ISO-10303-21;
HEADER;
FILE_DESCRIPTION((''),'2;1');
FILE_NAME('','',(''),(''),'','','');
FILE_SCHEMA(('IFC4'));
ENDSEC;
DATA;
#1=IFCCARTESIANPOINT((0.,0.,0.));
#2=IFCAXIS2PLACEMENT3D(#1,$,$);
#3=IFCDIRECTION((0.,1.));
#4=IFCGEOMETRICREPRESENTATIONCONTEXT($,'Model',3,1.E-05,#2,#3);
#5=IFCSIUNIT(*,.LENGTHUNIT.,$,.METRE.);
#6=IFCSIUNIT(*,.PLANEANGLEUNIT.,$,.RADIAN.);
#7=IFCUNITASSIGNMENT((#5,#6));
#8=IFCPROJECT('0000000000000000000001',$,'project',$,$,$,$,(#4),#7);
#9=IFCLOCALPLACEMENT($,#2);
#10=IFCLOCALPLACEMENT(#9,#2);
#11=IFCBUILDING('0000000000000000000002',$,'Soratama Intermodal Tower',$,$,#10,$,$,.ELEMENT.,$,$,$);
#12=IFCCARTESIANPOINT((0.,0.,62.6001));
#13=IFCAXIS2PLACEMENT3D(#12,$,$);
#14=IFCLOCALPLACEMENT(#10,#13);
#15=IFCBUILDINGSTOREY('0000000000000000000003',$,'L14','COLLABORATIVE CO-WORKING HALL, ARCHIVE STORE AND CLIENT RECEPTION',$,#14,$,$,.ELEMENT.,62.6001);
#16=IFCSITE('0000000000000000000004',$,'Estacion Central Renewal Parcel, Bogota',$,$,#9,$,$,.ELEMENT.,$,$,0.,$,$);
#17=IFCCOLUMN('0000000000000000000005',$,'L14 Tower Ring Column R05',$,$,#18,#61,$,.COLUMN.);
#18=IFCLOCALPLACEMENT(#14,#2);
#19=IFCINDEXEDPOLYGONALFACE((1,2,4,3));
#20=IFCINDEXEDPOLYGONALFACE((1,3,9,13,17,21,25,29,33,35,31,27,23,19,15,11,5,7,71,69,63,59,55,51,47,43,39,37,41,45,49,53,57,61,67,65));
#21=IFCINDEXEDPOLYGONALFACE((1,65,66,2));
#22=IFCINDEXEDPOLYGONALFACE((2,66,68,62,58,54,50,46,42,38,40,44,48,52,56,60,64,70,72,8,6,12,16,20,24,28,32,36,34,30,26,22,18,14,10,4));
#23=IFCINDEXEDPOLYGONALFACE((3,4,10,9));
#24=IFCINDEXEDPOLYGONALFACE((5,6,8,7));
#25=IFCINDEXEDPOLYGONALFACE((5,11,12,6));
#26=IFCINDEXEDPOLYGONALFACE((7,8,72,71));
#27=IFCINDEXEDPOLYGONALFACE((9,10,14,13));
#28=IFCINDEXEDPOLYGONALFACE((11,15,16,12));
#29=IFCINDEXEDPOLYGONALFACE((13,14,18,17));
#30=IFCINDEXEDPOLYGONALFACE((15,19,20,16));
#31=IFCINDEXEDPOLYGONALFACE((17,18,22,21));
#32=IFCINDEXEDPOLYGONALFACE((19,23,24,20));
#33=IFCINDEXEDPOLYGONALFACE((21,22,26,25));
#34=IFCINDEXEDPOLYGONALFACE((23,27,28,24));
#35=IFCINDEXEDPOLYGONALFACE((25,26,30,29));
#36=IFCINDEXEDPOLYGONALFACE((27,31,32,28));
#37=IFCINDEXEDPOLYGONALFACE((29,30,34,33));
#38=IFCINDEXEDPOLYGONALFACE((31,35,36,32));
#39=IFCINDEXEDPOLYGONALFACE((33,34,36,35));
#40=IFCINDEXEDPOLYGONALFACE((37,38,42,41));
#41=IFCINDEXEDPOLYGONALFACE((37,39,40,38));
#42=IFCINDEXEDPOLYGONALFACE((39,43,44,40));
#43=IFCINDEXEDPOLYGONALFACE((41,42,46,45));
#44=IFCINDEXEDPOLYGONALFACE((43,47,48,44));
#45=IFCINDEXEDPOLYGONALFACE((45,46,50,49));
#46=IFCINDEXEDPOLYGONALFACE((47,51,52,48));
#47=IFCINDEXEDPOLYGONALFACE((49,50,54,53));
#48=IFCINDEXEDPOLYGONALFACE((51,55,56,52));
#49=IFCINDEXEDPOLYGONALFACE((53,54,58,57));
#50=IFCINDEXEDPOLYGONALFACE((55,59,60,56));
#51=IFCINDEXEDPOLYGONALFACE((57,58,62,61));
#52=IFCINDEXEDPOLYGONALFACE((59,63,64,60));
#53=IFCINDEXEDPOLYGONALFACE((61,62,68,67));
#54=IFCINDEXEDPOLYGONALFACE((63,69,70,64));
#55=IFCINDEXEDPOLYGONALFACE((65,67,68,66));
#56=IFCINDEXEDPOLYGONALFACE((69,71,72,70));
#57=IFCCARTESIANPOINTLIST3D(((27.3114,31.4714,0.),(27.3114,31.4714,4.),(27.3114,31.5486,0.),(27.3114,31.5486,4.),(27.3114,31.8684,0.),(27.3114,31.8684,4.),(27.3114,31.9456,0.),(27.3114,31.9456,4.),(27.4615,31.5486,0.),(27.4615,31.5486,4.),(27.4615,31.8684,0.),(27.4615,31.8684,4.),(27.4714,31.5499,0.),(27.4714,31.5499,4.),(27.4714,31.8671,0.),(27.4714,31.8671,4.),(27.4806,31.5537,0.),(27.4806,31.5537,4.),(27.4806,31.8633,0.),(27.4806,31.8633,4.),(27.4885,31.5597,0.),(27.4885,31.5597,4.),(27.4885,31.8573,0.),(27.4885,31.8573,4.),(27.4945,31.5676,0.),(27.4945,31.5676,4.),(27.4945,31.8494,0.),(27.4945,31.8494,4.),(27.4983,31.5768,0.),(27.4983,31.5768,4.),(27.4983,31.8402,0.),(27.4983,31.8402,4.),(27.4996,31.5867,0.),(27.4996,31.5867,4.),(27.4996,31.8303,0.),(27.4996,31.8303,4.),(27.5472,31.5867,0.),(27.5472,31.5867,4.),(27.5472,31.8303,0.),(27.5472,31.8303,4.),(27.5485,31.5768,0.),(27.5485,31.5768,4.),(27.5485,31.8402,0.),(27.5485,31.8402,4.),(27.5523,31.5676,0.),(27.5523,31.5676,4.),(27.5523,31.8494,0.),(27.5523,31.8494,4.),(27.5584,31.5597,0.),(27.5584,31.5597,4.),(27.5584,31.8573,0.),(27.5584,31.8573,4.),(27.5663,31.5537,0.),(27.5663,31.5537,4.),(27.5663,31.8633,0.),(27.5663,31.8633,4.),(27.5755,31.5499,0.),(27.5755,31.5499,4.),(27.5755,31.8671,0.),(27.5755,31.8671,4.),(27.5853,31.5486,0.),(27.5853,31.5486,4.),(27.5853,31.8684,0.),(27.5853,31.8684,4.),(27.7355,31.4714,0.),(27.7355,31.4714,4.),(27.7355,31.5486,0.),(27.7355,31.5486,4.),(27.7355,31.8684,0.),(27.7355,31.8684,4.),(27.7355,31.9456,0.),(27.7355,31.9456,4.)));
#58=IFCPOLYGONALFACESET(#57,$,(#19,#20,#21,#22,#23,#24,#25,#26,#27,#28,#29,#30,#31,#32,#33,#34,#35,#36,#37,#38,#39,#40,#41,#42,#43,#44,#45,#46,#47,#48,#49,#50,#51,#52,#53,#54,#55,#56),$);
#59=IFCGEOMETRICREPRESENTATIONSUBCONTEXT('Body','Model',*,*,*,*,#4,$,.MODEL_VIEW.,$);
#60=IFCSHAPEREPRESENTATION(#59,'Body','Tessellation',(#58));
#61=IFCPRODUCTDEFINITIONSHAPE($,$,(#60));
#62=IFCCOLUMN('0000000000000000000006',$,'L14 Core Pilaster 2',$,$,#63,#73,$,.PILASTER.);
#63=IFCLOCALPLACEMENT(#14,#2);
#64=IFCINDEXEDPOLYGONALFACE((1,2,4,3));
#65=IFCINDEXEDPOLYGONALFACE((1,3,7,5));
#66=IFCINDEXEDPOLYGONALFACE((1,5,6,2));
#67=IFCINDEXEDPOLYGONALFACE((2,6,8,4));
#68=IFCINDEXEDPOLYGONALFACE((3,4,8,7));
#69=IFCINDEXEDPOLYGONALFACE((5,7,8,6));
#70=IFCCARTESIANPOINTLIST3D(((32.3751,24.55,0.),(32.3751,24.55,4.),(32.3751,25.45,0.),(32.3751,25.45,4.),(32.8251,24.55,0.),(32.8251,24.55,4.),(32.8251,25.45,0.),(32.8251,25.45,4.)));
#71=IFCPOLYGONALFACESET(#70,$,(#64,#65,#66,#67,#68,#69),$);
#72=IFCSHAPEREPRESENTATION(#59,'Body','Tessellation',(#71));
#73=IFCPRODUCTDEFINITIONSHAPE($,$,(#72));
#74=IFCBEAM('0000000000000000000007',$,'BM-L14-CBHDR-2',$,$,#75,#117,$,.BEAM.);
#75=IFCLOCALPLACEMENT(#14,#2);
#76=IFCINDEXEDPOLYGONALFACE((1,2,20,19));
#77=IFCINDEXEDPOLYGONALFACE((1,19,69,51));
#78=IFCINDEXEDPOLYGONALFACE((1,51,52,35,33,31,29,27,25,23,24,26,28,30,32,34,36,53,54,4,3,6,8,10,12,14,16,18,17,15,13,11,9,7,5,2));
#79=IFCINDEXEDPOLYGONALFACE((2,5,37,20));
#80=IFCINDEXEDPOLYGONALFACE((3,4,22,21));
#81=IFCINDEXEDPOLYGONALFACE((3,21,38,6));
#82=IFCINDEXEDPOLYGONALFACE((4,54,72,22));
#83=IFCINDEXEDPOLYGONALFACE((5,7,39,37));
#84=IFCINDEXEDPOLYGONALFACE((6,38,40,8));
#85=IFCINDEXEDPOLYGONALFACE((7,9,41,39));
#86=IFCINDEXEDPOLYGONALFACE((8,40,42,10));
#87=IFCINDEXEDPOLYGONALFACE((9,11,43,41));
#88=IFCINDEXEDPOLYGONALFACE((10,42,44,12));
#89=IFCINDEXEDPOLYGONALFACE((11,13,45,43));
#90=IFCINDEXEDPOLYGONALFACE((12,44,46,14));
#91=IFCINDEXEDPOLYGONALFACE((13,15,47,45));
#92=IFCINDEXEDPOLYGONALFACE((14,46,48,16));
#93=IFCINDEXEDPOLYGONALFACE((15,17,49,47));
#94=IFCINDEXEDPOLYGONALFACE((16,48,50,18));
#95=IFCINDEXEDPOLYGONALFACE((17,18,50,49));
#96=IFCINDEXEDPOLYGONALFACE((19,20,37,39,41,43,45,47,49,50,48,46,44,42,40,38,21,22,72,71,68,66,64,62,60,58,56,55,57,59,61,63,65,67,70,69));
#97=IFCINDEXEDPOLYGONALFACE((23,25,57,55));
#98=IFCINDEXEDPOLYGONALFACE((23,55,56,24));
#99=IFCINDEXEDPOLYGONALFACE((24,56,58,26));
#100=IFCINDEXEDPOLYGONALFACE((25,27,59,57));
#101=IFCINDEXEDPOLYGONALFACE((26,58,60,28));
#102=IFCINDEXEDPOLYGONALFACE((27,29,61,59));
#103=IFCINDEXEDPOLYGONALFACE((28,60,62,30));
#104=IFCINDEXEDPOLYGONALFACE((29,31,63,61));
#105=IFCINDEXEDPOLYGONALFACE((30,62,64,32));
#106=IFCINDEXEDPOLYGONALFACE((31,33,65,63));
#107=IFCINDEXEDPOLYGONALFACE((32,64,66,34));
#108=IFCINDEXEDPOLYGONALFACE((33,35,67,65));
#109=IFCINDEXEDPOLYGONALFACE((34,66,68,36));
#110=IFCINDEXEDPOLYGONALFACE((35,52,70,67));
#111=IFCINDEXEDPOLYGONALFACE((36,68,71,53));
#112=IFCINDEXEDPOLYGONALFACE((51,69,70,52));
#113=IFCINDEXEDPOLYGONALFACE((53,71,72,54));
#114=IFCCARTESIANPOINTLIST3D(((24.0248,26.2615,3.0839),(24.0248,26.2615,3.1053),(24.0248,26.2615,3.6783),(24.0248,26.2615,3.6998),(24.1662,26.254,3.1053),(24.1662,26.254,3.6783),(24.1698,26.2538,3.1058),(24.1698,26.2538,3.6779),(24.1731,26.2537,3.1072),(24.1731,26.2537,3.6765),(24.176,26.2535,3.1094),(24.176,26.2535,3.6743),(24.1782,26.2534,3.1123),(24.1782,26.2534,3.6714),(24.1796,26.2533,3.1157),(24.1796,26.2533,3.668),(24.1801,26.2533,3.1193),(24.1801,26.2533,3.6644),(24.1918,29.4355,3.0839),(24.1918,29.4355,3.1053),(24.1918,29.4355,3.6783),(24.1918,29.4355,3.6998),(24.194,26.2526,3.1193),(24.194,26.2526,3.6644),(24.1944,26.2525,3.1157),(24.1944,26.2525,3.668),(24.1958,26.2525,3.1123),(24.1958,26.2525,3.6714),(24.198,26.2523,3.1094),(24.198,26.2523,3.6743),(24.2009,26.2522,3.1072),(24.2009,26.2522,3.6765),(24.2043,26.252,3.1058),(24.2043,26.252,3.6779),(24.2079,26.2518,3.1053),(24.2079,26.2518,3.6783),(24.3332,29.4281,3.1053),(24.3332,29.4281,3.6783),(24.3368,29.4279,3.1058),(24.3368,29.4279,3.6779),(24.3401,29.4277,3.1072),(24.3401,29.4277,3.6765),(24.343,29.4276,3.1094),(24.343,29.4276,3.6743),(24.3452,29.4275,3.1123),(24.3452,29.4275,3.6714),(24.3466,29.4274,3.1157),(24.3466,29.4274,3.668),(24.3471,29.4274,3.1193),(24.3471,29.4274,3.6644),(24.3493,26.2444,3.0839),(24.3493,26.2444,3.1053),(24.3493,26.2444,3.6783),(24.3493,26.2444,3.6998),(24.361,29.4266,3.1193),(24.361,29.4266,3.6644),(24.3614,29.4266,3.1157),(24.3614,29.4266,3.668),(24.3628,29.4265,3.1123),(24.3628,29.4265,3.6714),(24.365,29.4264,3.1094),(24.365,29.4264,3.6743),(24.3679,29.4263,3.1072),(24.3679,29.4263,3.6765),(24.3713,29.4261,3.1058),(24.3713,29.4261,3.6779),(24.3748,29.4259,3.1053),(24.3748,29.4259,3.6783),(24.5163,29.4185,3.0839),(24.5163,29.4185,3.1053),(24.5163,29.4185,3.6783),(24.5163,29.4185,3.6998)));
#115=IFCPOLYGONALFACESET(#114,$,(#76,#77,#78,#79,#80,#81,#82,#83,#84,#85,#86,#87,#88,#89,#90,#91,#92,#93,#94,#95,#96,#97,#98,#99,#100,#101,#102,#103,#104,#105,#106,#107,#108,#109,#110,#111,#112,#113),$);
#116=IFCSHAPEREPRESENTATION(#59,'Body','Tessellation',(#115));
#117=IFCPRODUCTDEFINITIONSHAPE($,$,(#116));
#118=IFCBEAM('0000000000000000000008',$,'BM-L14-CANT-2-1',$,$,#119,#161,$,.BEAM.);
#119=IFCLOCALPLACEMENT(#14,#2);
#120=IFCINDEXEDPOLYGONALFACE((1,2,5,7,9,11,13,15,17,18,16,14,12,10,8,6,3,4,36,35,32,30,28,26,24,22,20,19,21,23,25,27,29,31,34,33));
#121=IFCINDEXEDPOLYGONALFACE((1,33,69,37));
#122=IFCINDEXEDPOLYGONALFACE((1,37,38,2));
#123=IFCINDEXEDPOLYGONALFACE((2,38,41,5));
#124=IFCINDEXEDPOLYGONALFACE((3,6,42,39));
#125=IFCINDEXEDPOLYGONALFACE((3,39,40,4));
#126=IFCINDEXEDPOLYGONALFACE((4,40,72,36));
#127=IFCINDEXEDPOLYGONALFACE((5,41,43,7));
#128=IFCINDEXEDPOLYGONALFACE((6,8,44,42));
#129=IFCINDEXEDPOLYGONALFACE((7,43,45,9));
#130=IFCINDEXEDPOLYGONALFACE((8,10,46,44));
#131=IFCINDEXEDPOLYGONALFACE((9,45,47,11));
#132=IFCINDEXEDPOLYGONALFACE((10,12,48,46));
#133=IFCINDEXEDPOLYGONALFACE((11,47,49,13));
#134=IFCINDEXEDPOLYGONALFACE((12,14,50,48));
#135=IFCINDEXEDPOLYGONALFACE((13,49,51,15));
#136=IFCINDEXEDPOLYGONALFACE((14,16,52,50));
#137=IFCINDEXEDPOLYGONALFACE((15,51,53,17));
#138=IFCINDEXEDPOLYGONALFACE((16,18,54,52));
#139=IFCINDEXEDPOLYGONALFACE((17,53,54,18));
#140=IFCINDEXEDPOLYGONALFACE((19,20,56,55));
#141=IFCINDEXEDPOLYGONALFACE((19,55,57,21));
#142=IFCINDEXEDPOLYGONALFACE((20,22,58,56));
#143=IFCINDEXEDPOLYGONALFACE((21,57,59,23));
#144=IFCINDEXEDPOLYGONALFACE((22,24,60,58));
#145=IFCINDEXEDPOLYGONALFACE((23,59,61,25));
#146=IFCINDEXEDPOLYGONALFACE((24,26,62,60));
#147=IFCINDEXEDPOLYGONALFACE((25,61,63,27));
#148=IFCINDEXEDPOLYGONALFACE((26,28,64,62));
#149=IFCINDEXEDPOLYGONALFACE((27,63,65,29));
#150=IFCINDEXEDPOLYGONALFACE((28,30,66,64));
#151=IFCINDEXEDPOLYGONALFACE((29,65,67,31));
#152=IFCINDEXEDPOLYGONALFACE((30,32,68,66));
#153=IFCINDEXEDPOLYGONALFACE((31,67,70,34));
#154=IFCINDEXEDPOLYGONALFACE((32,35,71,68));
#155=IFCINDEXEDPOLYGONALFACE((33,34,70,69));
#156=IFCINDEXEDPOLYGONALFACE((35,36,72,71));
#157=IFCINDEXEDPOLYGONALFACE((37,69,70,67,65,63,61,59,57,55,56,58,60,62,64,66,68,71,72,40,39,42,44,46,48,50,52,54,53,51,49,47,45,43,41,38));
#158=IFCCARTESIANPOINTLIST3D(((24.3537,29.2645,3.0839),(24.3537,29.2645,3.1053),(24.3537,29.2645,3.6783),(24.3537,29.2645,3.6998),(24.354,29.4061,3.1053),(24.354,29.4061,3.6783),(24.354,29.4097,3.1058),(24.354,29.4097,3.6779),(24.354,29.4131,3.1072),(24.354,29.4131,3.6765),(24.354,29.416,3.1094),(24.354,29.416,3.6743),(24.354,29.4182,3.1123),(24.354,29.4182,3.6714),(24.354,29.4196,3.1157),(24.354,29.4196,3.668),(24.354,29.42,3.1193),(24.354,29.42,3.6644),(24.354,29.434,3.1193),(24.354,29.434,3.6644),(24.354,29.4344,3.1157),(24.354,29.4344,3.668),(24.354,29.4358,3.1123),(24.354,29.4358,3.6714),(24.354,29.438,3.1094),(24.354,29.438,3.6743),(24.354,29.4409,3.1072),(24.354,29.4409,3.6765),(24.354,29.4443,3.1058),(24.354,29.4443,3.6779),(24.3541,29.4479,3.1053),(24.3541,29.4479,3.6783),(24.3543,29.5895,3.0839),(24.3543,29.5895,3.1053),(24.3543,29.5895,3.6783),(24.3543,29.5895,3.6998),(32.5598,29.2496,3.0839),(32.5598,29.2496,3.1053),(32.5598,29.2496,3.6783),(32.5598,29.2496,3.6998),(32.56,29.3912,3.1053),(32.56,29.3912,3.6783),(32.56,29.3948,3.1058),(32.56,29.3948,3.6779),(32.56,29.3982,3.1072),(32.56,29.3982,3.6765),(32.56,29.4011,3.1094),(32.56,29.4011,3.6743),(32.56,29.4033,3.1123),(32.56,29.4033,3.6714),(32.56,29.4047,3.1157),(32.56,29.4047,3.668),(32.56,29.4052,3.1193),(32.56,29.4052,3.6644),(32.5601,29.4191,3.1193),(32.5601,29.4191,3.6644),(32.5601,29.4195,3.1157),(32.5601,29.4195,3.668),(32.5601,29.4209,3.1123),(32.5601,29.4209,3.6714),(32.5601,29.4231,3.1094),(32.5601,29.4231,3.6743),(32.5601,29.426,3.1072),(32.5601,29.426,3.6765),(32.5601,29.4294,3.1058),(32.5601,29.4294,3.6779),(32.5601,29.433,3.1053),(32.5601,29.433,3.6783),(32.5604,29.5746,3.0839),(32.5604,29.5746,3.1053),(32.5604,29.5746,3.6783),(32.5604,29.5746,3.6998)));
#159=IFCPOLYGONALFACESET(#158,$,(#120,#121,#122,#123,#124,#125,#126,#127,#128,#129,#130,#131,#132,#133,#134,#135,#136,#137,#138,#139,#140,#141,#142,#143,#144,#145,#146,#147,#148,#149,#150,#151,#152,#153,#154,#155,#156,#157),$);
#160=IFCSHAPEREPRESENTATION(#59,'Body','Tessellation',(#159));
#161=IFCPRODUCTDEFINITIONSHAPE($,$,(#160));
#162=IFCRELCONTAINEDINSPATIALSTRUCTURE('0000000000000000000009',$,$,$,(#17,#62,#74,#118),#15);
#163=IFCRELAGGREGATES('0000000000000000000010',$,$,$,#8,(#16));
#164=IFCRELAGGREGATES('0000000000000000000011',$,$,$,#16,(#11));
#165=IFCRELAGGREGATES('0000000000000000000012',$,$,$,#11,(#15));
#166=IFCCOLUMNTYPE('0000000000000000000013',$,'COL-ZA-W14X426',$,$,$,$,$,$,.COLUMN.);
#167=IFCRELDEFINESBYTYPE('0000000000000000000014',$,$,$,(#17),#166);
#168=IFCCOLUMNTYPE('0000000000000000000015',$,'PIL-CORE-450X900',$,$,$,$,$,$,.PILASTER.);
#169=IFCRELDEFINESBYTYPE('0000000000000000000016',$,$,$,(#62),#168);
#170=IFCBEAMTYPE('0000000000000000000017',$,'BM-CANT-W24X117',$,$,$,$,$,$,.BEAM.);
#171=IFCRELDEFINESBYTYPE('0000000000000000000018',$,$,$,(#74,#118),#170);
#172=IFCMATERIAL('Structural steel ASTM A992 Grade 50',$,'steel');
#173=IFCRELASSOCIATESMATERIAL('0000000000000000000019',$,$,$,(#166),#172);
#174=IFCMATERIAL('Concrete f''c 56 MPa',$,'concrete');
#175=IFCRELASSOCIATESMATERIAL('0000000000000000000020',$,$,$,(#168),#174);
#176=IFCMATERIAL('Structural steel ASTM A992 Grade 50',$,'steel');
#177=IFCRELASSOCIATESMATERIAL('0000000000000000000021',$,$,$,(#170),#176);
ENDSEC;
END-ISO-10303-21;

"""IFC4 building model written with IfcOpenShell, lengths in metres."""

from ifc_helpers import new_model, si_unit, direction, frame, origin, origin_2d, place, context, subcontext, project, spatial, rectangle, i_section, extrude, material, material_profile, profile_set, type_object, element, save


model = new_model("IFC4")

# Units and contexts
model_context = context("Model", 3, precision=1e-05, world=origin(), true_north=direction((0.0, 1.0)))
body_context = subcontext(model_context, "Body", "Model", "MODEL_VIEW")
ifc_project = project(units=[si_unit("LENGTHUNIT", "METRE"), si_unit("PLANEANGLEUNIT", "RADIAN")], contexts=[model_context])

# Site, building, storey
site_placement = place(None, origin())
site = spatial("IfcSite", under=ifc_project, at=site_placement, Name="Estacion Central Renewal Parcel, Bogota", CompositionType="ELEMENT", RefElevation=0.0)
building_placement = place(site_placement, origin())
building = spatial("IfcBuilding", under=site, at=building_placement, Name="Soratama Intermodal Tower", CompositionType="ELEMENT")
storey_placement = place(building_placement, frame((0.0, 0.0, 62.6001)))
storey = spatial("IfcBuildingStorey", under=building, at=storey_placement, Name="L14", Description="COLLABORATIVE CO-WORKING HALL, ARCHIVE STORE AND CLIENT RECEPTION", CompositionType="ELEMENT", Elevation=62.6001)

# Columns
ifc_material_1 = material(Name="Structural steel ASTM A992 Grade 50", Category="steel")
ifc_material_profile_1 = material_profile(ifc_material_1, i_section(OverallWidth=0.4241, OverallDepth=0.4741, WebThickness=0.0476, FlangeThickness=0.0771, FilletRadius=0.0381, at=origin_2d()), Name="W14X426")
ifc_profile_set_1 = profile_set([ifc_material_profile_1], Name="Structural steel ASTM A992 Grade 50")
column_type_1 = type_object("IfcColumnType", Name="COL-ZA-W14X426", PredefinedType="COLUMN", material=ifc_profile_set_1)
column_1_placement = place(storey_placement, frame((27.5234, 31.7085, 0.0), z_axis=(0.0, 0.0, 1.0), x_axis=(1.0, 0.0, 0.0)))
element("IfcColumn", 1, at=column_1_placement, inside=storey, type_object=column_type_1, Name="L14 Tower Ring Column R05", PredefinedType="COLUMN", context=body_context, shape_type="SweptSolid", body=[
    extrude(i_section(OverallWidth=0.4241, OverallDepth=0.4741, WebThickness=0.0476, FlangeThickness=0.0771, FilletRadius=0.0381, at=origin_2d()), origin(), (0.0, 0.0, 1.0), 4.0),
])
ifc_material_2 = material(Name="Concrete f'c 56 MPa", Category="concrete")
ifc_material_profile_2 = material_profile(ifc_material_2, rectangle(XDim=0.45, YDim=0.8999, at=origin_2d()), Name="RC450X900")
ifc_profile_set_2 = profile_set([ifc_material_profile_2], Name="Concrete f'c 56 MPa")
column_type_2 = type_object("IfcColumnType", Name="PIL-CORE-450X900", PredefinedType="PILASTER", material=ifc_profile_set_2)
column_2_placement = place(storey_placement, frame((32.6001, 25.0, 0.0), z_axis=(0.0, 0.0, 1.0), x_axis=(1.0, 0.0, 0.0)))
element("IfcColumn", 2, at=column_2_placement, inside=storey, type_object=column_type_2, Name="L14 Core Pilaster 2", PredefinedType="PILASTER", context=body_context, shape_type="SweptSolid", body=[
    extrude(rectangle(XDim=0.45, YDim=0.8999, at=origin_2d()), origin(), (0.0, 0.0, 1.0), 4.0),
])

# Beams
ifc_material_3 = material(Name="Structural steel ASTM A992 Grade 50", Category="steel")
ifc_material_profile_3 = material_profile(ifc_material_3, i_section(OverallWidth=0.325, OverallDepth=0.616, WebThickness=0.0139, FlangeThickness=0.0215, FilletRadius=0.0139, at=origin_2d()), Name="W24X117")
ifc_profile_set_3 = profile_set([ifc_material_profile_3], Name="Structural steel ASTM A992 Grade 50")
beam_type_1 = type_object("IfcBeamType", Name="BM-CANT-W24X117", PredefinedType="BEAM", material=ifc_profile_set_3)
beam_1_placement = place(storey_placement, frame((24.354, 29.427, 3.3918), z_axis=(-0.052539, -0.998619, 0.0), x_axis=(0.998619, -0.052539, 0.0)))
element("IfcBeam", 3, at=beam_1_placement, inside=storey, type_object=beam_type_1, Name="BM-L14-CBHDR-2", PredefinedType="BEAM", context=body_context, shape_type="SweptSolid", body=[
    extrude(i_section(OverallWidth=0.325, OverallDepth=0.616, WebThickness=0.0139, FlangeThickness=0.0215, FilletRadius=0.0139, at=origin_2d()), origin(), (0.0, 0.0, 1.0), 3.1785),
])
beam_2_placement = place(storey_placement, frame((32.5601, 29.4121, 3.3918), z_axis=(-0.999998, 0.001815, 0.0), x_axis=(-0.001815, -0.999998, 0.0)))
element("IfcBeam", 4, at=beam_2_placement, inside=storey, type_object=beam_type_1, Name="BM-L14-CANT-2-1", PredefinedType="BEAM", context=body_context, shape_type="SweptSolid", body=[
    extrude(i_section(OverallWidth=0.325, OverallDepth=0.616, WebThickness=0.0139, FlangeThickness=0.0215, FilletRadius=0.0139, at=origin_2d()), origin(), (0.0, 0.0, 1.0), 8.2061),
])

save(model, "model.ifc")
